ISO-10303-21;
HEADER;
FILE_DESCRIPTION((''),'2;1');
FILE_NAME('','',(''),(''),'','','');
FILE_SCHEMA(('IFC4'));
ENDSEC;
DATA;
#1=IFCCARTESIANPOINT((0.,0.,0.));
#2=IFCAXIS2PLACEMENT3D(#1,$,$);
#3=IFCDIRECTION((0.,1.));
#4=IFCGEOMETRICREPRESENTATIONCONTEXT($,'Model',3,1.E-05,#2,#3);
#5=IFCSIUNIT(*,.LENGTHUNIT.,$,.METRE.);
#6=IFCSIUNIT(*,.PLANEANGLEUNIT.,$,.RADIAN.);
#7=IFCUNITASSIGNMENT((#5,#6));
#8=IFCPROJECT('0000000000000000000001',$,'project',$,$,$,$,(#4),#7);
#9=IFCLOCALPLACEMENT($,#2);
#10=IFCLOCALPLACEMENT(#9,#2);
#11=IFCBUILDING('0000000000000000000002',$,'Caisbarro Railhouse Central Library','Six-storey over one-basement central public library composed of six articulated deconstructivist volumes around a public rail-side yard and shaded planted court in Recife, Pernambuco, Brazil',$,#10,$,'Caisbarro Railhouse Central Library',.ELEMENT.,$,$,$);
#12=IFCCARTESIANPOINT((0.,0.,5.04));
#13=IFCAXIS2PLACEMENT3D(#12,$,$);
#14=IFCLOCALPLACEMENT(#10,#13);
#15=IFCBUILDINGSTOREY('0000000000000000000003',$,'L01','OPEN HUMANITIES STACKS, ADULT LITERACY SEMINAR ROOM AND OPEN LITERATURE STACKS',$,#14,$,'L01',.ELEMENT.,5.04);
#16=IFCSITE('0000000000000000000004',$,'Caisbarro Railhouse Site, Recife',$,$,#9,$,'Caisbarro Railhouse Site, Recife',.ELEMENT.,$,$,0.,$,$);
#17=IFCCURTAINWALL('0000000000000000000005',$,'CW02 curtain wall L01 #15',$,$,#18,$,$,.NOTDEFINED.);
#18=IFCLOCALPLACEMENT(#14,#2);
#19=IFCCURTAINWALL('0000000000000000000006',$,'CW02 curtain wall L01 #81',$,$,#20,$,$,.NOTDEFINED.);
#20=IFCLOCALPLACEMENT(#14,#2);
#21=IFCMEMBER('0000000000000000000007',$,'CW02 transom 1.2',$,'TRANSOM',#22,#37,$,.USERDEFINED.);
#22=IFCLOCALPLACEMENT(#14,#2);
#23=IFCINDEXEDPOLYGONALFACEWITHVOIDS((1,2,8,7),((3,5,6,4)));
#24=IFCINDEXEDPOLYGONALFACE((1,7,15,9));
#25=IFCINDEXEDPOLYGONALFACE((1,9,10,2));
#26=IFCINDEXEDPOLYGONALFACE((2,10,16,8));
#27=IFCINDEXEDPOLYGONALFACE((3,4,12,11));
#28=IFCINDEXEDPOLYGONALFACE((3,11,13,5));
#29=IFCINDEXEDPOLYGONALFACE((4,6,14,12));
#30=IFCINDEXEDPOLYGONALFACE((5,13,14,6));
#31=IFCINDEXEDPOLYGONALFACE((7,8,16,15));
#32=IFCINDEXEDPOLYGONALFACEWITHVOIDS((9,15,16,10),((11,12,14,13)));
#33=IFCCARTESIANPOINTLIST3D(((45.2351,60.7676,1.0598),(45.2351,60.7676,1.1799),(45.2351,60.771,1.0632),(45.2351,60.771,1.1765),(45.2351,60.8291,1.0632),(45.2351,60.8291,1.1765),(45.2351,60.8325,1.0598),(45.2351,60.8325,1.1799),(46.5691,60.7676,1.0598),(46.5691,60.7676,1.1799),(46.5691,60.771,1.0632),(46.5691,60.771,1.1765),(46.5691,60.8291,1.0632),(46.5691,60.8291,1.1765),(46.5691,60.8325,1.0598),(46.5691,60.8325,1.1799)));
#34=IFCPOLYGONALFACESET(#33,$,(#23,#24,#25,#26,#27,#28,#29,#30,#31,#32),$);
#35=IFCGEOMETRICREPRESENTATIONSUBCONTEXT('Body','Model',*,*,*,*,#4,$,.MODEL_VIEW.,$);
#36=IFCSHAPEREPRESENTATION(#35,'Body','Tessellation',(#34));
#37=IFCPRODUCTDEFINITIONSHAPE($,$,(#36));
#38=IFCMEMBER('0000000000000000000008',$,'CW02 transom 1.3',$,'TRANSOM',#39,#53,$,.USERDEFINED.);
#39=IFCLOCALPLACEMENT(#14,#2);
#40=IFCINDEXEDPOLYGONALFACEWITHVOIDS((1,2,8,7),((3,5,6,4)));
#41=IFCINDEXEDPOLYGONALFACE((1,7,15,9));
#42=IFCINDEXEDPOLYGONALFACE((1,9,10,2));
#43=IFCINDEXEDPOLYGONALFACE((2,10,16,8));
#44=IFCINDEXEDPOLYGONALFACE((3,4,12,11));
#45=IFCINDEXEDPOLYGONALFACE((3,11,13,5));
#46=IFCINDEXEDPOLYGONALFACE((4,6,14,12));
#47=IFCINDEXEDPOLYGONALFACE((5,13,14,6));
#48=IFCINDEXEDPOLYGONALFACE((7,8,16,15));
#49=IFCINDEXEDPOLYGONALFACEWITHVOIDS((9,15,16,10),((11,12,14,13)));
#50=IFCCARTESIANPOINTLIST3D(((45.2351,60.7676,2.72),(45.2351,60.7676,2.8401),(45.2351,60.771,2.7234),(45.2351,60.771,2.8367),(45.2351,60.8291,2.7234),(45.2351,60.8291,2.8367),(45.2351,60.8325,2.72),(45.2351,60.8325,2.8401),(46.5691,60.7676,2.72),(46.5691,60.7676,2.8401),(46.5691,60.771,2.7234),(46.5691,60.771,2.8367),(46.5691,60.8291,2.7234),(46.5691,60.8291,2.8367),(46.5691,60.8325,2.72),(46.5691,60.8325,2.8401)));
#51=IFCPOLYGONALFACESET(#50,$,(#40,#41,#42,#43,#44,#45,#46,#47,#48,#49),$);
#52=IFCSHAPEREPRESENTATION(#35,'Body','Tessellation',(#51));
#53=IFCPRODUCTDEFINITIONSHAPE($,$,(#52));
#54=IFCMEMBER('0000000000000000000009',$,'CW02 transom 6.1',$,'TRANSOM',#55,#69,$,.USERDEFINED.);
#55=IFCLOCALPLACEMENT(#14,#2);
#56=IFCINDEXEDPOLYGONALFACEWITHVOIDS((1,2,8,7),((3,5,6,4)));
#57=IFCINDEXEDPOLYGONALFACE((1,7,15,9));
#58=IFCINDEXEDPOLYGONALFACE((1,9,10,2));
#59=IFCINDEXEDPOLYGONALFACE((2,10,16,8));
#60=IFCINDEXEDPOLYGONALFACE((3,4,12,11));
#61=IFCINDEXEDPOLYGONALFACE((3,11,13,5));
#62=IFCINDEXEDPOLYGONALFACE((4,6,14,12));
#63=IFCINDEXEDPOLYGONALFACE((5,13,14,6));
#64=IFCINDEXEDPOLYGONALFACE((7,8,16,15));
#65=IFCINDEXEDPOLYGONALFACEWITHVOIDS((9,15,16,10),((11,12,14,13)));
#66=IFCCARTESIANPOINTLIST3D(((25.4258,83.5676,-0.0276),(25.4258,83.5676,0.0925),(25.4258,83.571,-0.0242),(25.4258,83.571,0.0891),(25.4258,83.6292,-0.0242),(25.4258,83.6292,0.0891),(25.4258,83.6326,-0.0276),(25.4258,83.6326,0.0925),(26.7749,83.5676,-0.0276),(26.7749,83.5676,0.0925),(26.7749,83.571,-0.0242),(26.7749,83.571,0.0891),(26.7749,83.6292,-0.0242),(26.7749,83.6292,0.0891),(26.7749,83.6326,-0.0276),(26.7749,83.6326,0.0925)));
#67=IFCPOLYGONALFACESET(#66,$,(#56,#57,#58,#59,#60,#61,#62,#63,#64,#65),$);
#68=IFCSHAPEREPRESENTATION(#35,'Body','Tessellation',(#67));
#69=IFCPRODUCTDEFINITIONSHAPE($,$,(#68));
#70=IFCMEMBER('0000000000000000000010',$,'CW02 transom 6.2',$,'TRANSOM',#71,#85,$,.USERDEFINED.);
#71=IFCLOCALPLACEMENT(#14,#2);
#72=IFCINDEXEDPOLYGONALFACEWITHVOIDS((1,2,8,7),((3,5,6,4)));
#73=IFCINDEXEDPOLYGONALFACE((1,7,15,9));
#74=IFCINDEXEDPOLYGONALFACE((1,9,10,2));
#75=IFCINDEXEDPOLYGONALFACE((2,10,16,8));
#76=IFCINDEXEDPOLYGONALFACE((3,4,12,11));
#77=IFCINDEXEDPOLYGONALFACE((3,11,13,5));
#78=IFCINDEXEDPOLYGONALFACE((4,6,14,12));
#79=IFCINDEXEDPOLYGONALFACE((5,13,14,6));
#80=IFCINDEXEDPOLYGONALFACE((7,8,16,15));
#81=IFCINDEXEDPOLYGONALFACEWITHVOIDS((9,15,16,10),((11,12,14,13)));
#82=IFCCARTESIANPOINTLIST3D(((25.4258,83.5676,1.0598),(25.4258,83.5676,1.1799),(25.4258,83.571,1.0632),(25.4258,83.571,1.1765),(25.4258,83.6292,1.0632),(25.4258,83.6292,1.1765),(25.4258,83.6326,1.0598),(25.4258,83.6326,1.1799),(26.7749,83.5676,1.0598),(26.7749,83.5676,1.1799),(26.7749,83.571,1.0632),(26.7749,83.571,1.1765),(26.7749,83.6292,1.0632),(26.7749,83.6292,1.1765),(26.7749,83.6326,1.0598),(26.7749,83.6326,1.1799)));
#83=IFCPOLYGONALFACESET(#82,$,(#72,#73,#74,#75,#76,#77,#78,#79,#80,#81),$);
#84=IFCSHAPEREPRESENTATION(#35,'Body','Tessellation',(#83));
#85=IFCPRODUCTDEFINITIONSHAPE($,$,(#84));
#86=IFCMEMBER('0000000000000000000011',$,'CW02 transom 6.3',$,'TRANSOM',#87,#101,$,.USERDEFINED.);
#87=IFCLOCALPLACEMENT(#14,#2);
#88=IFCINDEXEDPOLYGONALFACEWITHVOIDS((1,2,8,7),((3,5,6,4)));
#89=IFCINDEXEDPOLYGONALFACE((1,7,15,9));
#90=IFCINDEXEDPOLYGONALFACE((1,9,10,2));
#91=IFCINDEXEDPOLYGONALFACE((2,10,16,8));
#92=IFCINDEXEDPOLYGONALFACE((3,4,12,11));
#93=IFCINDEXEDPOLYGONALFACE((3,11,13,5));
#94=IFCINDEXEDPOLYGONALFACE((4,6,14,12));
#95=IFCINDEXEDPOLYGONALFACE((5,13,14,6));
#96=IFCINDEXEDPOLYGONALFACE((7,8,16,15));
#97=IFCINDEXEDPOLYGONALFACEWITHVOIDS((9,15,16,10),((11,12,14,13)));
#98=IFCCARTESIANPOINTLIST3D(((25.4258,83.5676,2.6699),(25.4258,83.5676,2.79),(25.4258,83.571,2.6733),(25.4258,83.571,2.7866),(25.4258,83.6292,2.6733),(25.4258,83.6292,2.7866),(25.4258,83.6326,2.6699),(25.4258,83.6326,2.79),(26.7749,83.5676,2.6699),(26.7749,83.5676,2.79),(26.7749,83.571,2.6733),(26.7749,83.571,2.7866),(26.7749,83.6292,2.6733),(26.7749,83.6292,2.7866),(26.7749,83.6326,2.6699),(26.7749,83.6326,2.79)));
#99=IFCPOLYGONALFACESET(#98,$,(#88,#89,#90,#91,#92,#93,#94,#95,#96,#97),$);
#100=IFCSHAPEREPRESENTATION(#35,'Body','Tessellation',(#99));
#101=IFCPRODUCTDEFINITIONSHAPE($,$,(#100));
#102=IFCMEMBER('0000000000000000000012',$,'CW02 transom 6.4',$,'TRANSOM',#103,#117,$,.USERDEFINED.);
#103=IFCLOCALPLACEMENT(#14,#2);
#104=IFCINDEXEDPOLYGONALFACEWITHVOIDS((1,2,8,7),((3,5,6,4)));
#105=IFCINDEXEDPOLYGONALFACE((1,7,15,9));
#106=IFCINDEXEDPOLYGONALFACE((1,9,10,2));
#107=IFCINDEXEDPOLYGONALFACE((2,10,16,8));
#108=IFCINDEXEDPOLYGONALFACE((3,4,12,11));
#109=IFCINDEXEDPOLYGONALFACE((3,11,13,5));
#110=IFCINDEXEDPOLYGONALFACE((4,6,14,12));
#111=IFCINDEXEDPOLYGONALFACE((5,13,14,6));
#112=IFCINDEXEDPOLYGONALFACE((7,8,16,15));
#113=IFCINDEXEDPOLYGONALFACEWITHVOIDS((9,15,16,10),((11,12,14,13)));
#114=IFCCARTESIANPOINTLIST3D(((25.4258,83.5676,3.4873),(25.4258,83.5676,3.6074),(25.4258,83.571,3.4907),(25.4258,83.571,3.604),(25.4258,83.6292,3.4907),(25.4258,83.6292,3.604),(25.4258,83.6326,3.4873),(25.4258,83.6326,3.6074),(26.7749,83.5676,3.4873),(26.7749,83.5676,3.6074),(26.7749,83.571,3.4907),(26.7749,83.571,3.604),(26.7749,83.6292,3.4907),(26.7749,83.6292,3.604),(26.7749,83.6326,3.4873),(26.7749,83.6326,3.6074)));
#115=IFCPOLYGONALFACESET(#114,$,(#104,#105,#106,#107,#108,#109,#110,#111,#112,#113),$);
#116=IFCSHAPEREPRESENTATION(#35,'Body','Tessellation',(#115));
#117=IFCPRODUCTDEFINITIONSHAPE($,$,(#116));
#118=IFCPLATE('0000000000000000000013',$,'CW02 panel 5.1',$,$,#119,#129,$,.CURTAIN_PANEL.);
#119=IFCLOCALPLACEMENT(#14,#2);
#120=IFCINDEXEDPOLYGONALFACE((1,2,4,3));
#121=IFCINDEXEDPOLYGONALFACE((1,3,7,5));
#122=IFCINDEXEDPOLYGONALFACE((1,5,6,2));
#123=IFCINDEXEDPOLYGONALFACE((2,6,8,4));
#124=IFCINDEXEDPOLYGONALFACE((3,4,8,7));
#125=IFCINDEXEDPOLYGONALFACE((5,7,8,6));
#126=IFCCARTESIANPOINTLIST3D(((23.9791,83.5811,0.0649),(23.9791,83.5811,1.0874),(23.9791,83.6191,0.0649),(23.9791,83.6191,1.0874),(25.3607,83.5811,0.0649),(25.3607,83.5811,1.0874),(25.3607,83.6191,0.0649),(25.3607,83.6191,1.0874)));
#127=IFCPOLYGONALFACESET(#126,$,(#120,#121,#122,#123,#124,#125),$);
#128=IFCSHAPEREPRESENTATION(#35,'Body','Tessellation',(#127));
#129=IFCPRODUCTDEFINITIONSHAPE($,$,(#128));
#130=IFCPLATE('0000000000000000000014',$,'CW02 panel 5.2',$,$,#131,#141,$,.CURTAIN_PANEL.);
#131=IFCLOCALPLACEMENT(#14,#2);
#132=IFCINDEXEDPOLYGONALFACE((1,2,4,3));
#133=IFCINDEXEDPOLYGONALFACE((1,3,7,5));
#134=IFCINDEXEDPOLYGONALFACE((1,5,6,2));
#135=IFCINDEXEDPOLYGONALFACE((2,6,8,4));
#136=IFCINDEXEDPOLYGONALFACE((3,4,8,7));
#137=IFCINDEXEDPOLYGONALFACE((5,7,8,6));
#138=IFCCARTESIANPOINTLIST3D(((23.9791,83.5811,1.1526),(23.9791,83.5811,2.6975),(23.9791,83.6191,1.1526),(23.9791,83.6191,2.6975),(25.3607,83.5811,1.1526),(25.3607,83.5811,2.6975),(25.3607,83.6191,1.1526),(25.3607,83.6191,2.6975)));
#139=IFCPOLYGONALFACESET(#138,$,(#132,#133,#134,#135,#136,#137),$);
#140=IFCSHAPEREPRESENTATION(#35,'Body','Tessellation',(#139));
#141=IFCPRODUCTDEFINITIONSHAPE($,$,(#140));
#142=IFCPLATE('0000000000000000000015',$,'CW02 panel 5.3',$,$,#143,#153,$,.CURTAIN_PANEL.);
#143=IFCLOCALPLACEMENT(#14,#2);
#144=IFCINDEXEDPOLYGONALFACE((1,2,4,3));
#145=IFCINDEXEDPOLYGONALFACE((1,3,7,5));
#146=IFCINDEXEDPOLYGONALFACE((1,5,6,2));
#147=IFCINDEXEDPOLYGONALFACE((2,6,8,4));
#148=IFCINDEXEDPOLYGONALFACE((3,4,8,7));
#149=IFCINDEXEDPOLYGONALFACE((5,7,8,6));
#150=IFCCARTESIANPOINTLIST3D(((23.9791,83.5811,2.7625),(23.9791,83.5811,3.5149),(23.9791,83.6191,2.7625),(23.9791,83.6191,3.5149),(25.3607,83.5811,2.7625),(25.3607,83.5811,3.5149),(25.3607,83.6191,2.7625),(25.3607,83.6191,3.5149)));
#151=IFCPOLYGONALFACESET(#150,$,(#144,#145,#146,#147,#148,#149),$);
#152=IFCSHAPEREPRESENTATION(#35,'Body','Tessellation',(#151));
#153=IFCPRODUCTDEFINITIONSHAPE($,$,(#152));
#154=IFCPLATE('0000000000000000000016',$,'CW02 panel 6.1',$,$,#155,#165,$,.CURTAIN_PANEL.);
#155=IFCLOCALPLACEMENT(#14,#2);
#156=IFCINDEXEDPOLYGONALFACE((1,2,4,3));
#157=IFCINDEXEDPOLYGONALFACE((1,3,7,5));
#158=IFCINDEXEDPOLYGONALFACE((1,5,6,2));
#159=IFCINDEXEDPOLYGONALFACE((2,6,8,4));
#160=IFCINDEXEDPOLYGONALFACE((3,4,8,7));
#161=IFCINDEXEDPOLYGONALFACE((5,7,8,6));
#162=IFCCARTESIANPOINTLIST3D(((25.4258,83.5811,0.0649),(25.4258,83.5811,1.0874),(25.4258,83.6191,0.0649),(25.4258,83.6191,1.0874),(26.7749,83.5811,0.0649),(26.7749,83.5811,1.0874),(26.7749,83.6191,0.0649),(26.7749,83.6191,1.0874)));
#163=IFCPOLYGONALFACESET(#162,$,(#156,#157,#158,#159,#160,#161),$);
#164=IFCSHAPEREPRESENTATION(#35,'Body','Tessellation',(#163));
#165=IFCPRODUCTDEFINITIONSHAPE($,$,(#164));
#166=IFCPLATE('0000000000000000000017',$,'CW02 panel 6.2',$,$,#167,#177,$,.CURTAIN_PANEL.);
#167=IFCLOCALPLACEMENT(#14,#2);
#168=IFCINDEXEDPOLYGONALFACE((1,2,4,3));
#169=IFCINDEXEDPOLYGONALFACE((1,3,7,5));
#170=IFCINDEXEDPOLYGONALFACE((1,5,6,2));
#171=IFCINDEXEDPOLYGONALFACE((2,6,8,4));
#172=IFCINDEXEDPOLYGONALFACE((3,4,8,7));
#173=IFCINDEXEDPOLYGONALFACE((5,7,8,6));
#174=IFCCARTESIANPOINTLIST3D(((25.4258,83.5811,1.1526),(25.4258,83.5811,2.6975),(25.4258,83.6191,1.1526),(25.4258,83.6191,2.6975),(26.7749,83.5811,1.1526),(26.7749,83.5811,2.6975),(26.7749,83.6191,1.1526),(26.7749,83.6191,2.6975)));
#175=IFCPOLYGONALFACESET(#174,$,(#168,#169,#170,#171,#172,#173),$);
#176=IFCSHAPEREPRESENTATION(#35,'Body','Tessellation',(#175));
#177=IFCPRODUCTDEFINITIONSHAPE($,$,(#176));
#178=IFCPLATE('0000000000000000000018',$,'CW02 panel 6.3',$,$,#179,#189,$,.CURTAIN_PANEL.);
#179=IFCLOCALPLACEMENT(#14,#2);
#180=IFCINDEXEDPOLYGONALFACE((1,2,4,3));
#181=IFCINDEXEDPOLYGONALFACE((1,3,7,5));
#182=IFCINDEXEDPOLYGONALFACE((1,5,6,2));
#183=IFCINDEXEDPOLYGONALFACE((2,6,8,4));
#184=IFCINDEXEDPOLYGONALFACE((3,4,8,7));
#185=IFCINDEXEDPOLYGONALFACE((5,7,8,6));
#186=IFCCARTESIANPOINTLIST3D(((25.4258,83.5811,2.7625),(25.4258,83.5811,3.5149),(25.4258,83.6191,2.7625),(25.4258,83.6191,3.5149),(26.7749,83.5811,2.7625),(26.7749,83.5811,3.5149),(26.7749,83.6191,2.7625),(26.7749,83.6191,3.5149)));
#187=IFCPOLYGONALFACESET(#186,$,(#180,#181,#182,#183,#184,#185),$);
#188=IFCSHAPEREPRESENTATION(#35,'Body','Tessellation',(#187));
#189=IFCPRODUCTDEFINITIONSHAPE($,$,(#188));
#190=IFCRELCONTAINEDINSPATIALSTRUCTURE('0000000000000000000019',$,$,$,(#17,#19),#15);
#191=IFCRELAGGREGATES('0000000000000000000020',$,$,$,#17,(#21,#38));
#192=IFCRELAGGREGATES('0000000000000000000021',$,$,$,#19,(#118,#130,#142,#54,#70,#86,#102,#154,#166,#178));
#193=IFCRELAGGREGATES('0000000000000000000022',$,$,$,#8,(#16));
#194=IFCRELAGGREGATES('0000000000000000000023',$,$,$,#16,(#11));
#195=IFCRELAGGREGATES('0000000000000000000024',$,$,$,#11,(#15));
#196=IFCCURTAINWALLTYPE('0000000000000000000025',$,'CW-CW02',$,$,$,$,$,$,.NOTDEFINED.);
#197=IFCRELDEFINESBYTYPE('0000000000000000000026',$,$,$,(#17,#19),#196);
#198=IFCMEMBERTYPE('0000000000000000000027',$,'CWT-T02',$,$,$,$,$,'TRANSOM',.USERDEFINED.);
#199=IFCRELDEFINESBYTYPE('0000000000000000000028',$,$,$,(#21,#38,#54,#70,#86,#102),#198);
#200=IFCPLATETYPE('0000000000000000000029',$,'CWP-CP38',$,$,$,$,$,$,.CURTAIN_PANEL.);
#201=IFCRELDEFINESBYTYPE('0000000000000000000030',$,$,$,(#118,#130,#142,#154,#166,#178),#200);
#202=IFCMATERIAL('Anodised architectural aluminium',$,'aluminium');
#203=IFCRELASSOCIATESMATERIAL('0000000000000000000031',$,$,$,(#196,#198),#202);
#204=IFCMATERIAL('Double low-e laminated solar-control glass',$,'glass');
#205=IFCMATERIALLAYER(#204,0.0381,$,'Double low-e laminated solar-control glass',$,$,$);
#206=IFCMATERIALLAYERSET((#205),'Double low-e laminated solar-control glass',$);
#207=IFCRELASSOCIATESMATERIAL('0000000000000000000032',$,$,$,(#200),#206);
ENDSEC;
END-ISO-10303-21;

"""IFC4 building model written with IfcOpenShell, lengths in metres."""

from ifc_helpers import new_model, si_unit, direction, frame, origin, origin_2d, place, context, subcontext, project, spatial, rectangle, hollow_rectangle, extrude, material, layer, layer_set, material_profile, profile_set, type_object, element, aggregate, save


model = new_model("IFC4")

# Units and contexts
model_context = context("Model", 3, precision=1e-05, world=origin(), true_north=direction((0.0, 1.0)))
body_context = subcontext(model_context, "Body", "Model", "MODEL_VIEW")
ifc_project = project(units=[si_unit("LENGTHUNIT", "METRE"), si_unit("PLANEANGLEUNIT", "RADIAN")], contexts=[model_context])

# Site, building, storey
site_placement = place(None, origin())
site = spatial("IfcSite", under=ifc_project, at=site_placement, Name="Caisbarro Railhouse Site, Recife", LongName="Caisbarro Railhouse Site, Recife", CompositionType="ELEMENT", RefElevation=0.0)
building_placement = place(site_placement, origin())
building = spatial("IfcBuilding", under=site, at=building_placement, Name="Caisbarro Railhouse Central Library", Description="Six-storey over one-basement central public library composed of six articulated deconstructivist volumes around a public rail-side yard and shaded planted court in Recife, Pernambuco, Brazil", LongName="Caisbarro Railhouse Central Library", CompositionType="ELEMENT")
storey_placement = place(building_placement, frame((0.0, 0.0, 5.04)))
storey = spatial("IfcBuildingStorey", under=building, at=storey_placement, Name="L01", Description="OPEN HUMANITIES STACKS, ADULT LITERACY SEMINAR ROOM AND OPEN LITERATURE STACKS", LongName="L01", CompositionType="ELEMENT", Elevation=5.04)

# Shared definitions
ifc_material_1 = material(Name="Anodised architectural aluminium", Category="aluminium")
curtain_wall_type = type_object("IfcCurtainWallType", Name="CW-CW02", PredefinedType="NOTDEFINED", material=ifc_material_1)

# Curtain wall
curtain_wall_1_placement = place(storey_placement, origin())
curtain_wall_1 = element("IfcCurtainWall", 1, at=curtain_wall_1_placement, inside=storey, type_object=curtain_wall_type, Name="CW02 curtain wall L01 #15", PredefinedType="NOTDEFINED")

# Curtain wall
curtain_wall_2_placement = place(storey_placement, origin())
curtain_wall_2 = element("IfcCurtainWall", 2, at=curtain_wall_2_placement, inside=storey, type_object=curtain_wall_type, Name="CW02 curtain wall L01 #81", PredefinedType="NOTDEFINED")

# Members
ifc_material_profile_1 = material_profile(ifc_material_1, hollow_rectangle(XDim=0.0649, YDim=0.1201, WallThickness=0.0034, at=origin_2d()), Name="ALU-TRN-65X120")
ifc_profile_set_1 = profile_set([ifc_material_profile_1], Name="Anodised architectural aluminium")
member_type_1 = type_object("IfcMemberType", Name="CWT-T02", ElementType="TRANSOM", PredefinedType="USERDEFINED", material=ifc_profile_set_1)
member_1_placement = place(storey_placement, frame((45.2351, 60.8, 1.1199), z_axis=(1.0, 0.0, 0.0), x_axis=(0.0, 1.0, 0.0)))
member_1 = element("IfcMember", 3, at=member_1_placement, type_object=member_type_1, Name="CW02 transom 1.2", ObjectType="TRANSOM", PredefinedType="USERDEFINED", context=body_context, shape_type="SweptSolid", body=[
    extrude(hollow_rectangle(XDim=0.0649, YDim=0.1201, WallThickness=0.0034, at=origin_2d()), origin(), (0.0, 0.0, 1.0), 1.334),
])
member_2_placement = place(storey_placement, frame((45.2351, 60.8, 2.78), z_axis=(1.0, 0.0, 0.0), x_axis=(0.0, 1.0, 0.0)))
member_2 = element("IfcMember", 4, at=member_2_placement, type_object=member_type_1, Name="CW02 transom 1.3", ObjectType="TRANSOM", PredefinedType="USERDEFINED", context=body_context, shape_type="SweptSolid", body=[
    extrude(hollow_rectangle(XDim=0.0649, YDim=0.1201, WallThickness=0.0034, at=origin_2d()), origin(), (0.0, 0.0, 1.0), 1.334),
])
aggregate(curtain_wall_1, [member_1, member_2])
member_3_placement = place(storey_placement, frame((25.4258, 83.6001, 0.0325), z_axis=(1.0, 0.0, 0.0), x_axis=(0.0, 1.0, 0.0)))
member_3 = element("IfcMember", 5, at=member_3_placement, type_object=member_type_1, Name="CW02 transom 6.1", ObjectType="TRANSOM", PredefinedType="USERDEFINED", context=body_context, shape_type="SweptSolid", body=[
    extrude(hollow_rectangle(XDim=0.0649, YDim=0.1201, WallThickness=0.0034, at=origin_2d()), origin(), (0.0, 0.0, 1.0), 1.3491),
])
member_4_placement = place(storey_placement, frame((25.4258, 83.6001, 1.1199), z_axis=(1.0, 0.0, 0.0), x_axis=(0.0, 1.0, 0.0)))
member_4 = element("IfcMember", 6, at=member_4_placement, type_object=member_type_1, Name="CW02 transom 6.2", ObjectType="TRANSOM", PredefinedType="USERDEFINED", context=body_context, shape_type="SweptSolid", body=[
    extrude(hollow_rectangle(XDim=0.0649, YDim=0.1201, WallThickness=0.0034, at=origin_2d()), origin(), (0.0, 0.0, 1.0), 1.3491),
])
member_5_placement = place(storey_placement, frame((25.4258, 83.6001, 2.73), z_axis=(1.0, 0.0, 0.0), x_axis=(0.0, 1.0, 0.0)))
member_5 = element("IfcMember", 7, at=member_5_placement, type_object=member_type_1, Name="CW02 transom 6.3", ObjectType="TRANSOM", PredefinedType="USERDEFINED", context=body_context, shape_type="SweptSolid", body=[
    extrude(hollow_rectangle(XDim=0.0649, YDim=0.1201, WallThickness=0.0034, at=origin_2d()), origin(), (0.0, 0.0, 1.0), 1.3491),
])
member_6_placement = place(storey_placement, frame((25.4258, 83.6001, 3.5474), z_axis=(1.0, 0.0, 0.0), x_axis=(0.0, 1.0, 0.0)))
member_6 = element("IfcMember", 8, at=member_6_placement, type_object=member_type_1, Name="CW02 transom 6.4", ObjectType="TRANSOM", PredefinedType="USERDEFINED", context=body_context, shape_type="SweptSolid", body=[
    extrude(hollow_rectangle(XDim=0.0649, YDim=0.1201, WallThickness=0.0034, at=origin_2d()), origin(), (0.0, 0.0, 1.0), 1.3491),
])

# Plates
ifc_material_2 = material(Name="Double low-e laminated solar-control glass", Category="glass")
ifc_layer_1 = layer(ifc_material_2, 0.0381, Name="Double low-e laminated solar-control glass")
ifc_layer_set_1 = layer_set([ifc_layer_1], Name="Double low-e laminated solar-control glass")
plate_type_1 = type_object("IfcPlateType", Name="CWP-CP38", PredefinedType="CURTAIN_PANEL", material=ifc_layer_set_1)
plate_1_placement = place(storey_placement, frame((24.6699, 83.6001, 0.0649), z_axis=(0.0, 0.0, 1.0), x_axis=(1.0, 0.0, 0.0)))
plate_1 = element("IfcPlate", 9, at=plate_1_placement, type_object=plate_type_1, Name="CW02 panel 5.1", PredefinedType="CURTAIN_PANEL", context=body_context, shape_type="SweptSolid", body=[
    extrude(rectangle(XDim=1.3816, YDim=0.0381, at=origin_2d()), origin(), (0.0, 0.0, 1.0), 1.0225),
])
plate_2_placement = place(storey_placement, frame((24.6699, 83.6001, 1.1526), z_axis=(0.0, 0.0, 1.0), x_axis=(1.0, 0.0, 0.0)))
plate_2 = element("IfcPlate", 10, at=plate_2_placement, type_object=plate_type_1, Name="CW02 panel 5.2", PredefinedType="CURTAIN_PANEL", context=body_context, shape_type="SweptSolid", body=[
    extrude(rectangle(XDim=1.3816, YDim=0.0381, at=origin_2d()), origin(), (0.0, 0.0, 1.0), 1.5449),
])
plate_3_placement = place(storey_placement, frame((24.6699, 83.6001, 2.7625), z_axis=(0.0, 0.0, 1.0), x_axis=(1.0, 0.0, 0.0)))
plate_3 = element("IfcPlate", 11, at=plate_3_placement, type_object=plate_type_1, Name="CW02 panel 5.3", PredefinedType="CURTAIN_PANEL", context=body_context, shape_type="SweptSolid", body=[
    extrude(rectangle(XDim=1.3816, YDim=0.0381, at=origin_2d()), origin(), (0.0, 0.0, 1.0), 0.7524),
])
plate_4_placement = place(storey_placement, frame((26.1003, 83.6001, 0.0649), z_axis=(0.0, 0.0, 1.0), x_axis=(1.0, 0.0, 0.0)))
plate_4 = element("IfcPlate", 12, at=plate_4_placement, type_object=plate_type_1, Name="CW02 panel 6.1", PredefinedType="CURTAIN_PANEL", context=body_context, shape_type="SweptSolid", body=[
    extrude(rectangle(XDim=1.3491, YDim=0.0381, at=origin_2d()), origin(), (0.0, 0.0, 1.0), 1.0225),
])
plate_5_placement = place(storey_placement, frame((26.1003, 83.6001, 1.1526), z_axis=(0.0, 0.0, 1.0), x_axis=(1.0, 0.0, 0.0)))
plate_5 = element("IfcPlate", 13, at=plate_5_placement, type_object=plate_type_1, Name="CW02 panel 6.2", PredefinedType="CURTAIN_PANEL", context=body_context, shape_type="SweptSolid", body=[
    extrude(rectangle(XDim=1.3491, YDim=0.0381, at=origin_2d()), origin(), (0.0, 0.0, 1.0), 1.5449),
])
plate_6_placement = place(storey_placement, frame((26.1003, 83.6001, 2.7625), z_axis=(0.0, 0.0, 1.0), x_axis=(1.0, 0.0, 0.0)))
plate_6 = element("IfcPlate", 14, at=plate_6_placement, type_object=plate_type_1, Name="CW02 panel 6.3", PredefinedType="CURTAIN_PANEL", context=body_context, shape_type="SweptSolid", body=[
    extrude(rectangle(XDim=1.3491, YDim=0.0381, at=origin_2d()), origin(), (0.0, 0.0, 1.0), 0.7524),
])
aggregate(curtain_wall_2, [plate_1, plate_2, plate_3, member_3, member_4, member_5, member_6, plate_4, plate_5, plate_6])

save(model, "model.ifc")
